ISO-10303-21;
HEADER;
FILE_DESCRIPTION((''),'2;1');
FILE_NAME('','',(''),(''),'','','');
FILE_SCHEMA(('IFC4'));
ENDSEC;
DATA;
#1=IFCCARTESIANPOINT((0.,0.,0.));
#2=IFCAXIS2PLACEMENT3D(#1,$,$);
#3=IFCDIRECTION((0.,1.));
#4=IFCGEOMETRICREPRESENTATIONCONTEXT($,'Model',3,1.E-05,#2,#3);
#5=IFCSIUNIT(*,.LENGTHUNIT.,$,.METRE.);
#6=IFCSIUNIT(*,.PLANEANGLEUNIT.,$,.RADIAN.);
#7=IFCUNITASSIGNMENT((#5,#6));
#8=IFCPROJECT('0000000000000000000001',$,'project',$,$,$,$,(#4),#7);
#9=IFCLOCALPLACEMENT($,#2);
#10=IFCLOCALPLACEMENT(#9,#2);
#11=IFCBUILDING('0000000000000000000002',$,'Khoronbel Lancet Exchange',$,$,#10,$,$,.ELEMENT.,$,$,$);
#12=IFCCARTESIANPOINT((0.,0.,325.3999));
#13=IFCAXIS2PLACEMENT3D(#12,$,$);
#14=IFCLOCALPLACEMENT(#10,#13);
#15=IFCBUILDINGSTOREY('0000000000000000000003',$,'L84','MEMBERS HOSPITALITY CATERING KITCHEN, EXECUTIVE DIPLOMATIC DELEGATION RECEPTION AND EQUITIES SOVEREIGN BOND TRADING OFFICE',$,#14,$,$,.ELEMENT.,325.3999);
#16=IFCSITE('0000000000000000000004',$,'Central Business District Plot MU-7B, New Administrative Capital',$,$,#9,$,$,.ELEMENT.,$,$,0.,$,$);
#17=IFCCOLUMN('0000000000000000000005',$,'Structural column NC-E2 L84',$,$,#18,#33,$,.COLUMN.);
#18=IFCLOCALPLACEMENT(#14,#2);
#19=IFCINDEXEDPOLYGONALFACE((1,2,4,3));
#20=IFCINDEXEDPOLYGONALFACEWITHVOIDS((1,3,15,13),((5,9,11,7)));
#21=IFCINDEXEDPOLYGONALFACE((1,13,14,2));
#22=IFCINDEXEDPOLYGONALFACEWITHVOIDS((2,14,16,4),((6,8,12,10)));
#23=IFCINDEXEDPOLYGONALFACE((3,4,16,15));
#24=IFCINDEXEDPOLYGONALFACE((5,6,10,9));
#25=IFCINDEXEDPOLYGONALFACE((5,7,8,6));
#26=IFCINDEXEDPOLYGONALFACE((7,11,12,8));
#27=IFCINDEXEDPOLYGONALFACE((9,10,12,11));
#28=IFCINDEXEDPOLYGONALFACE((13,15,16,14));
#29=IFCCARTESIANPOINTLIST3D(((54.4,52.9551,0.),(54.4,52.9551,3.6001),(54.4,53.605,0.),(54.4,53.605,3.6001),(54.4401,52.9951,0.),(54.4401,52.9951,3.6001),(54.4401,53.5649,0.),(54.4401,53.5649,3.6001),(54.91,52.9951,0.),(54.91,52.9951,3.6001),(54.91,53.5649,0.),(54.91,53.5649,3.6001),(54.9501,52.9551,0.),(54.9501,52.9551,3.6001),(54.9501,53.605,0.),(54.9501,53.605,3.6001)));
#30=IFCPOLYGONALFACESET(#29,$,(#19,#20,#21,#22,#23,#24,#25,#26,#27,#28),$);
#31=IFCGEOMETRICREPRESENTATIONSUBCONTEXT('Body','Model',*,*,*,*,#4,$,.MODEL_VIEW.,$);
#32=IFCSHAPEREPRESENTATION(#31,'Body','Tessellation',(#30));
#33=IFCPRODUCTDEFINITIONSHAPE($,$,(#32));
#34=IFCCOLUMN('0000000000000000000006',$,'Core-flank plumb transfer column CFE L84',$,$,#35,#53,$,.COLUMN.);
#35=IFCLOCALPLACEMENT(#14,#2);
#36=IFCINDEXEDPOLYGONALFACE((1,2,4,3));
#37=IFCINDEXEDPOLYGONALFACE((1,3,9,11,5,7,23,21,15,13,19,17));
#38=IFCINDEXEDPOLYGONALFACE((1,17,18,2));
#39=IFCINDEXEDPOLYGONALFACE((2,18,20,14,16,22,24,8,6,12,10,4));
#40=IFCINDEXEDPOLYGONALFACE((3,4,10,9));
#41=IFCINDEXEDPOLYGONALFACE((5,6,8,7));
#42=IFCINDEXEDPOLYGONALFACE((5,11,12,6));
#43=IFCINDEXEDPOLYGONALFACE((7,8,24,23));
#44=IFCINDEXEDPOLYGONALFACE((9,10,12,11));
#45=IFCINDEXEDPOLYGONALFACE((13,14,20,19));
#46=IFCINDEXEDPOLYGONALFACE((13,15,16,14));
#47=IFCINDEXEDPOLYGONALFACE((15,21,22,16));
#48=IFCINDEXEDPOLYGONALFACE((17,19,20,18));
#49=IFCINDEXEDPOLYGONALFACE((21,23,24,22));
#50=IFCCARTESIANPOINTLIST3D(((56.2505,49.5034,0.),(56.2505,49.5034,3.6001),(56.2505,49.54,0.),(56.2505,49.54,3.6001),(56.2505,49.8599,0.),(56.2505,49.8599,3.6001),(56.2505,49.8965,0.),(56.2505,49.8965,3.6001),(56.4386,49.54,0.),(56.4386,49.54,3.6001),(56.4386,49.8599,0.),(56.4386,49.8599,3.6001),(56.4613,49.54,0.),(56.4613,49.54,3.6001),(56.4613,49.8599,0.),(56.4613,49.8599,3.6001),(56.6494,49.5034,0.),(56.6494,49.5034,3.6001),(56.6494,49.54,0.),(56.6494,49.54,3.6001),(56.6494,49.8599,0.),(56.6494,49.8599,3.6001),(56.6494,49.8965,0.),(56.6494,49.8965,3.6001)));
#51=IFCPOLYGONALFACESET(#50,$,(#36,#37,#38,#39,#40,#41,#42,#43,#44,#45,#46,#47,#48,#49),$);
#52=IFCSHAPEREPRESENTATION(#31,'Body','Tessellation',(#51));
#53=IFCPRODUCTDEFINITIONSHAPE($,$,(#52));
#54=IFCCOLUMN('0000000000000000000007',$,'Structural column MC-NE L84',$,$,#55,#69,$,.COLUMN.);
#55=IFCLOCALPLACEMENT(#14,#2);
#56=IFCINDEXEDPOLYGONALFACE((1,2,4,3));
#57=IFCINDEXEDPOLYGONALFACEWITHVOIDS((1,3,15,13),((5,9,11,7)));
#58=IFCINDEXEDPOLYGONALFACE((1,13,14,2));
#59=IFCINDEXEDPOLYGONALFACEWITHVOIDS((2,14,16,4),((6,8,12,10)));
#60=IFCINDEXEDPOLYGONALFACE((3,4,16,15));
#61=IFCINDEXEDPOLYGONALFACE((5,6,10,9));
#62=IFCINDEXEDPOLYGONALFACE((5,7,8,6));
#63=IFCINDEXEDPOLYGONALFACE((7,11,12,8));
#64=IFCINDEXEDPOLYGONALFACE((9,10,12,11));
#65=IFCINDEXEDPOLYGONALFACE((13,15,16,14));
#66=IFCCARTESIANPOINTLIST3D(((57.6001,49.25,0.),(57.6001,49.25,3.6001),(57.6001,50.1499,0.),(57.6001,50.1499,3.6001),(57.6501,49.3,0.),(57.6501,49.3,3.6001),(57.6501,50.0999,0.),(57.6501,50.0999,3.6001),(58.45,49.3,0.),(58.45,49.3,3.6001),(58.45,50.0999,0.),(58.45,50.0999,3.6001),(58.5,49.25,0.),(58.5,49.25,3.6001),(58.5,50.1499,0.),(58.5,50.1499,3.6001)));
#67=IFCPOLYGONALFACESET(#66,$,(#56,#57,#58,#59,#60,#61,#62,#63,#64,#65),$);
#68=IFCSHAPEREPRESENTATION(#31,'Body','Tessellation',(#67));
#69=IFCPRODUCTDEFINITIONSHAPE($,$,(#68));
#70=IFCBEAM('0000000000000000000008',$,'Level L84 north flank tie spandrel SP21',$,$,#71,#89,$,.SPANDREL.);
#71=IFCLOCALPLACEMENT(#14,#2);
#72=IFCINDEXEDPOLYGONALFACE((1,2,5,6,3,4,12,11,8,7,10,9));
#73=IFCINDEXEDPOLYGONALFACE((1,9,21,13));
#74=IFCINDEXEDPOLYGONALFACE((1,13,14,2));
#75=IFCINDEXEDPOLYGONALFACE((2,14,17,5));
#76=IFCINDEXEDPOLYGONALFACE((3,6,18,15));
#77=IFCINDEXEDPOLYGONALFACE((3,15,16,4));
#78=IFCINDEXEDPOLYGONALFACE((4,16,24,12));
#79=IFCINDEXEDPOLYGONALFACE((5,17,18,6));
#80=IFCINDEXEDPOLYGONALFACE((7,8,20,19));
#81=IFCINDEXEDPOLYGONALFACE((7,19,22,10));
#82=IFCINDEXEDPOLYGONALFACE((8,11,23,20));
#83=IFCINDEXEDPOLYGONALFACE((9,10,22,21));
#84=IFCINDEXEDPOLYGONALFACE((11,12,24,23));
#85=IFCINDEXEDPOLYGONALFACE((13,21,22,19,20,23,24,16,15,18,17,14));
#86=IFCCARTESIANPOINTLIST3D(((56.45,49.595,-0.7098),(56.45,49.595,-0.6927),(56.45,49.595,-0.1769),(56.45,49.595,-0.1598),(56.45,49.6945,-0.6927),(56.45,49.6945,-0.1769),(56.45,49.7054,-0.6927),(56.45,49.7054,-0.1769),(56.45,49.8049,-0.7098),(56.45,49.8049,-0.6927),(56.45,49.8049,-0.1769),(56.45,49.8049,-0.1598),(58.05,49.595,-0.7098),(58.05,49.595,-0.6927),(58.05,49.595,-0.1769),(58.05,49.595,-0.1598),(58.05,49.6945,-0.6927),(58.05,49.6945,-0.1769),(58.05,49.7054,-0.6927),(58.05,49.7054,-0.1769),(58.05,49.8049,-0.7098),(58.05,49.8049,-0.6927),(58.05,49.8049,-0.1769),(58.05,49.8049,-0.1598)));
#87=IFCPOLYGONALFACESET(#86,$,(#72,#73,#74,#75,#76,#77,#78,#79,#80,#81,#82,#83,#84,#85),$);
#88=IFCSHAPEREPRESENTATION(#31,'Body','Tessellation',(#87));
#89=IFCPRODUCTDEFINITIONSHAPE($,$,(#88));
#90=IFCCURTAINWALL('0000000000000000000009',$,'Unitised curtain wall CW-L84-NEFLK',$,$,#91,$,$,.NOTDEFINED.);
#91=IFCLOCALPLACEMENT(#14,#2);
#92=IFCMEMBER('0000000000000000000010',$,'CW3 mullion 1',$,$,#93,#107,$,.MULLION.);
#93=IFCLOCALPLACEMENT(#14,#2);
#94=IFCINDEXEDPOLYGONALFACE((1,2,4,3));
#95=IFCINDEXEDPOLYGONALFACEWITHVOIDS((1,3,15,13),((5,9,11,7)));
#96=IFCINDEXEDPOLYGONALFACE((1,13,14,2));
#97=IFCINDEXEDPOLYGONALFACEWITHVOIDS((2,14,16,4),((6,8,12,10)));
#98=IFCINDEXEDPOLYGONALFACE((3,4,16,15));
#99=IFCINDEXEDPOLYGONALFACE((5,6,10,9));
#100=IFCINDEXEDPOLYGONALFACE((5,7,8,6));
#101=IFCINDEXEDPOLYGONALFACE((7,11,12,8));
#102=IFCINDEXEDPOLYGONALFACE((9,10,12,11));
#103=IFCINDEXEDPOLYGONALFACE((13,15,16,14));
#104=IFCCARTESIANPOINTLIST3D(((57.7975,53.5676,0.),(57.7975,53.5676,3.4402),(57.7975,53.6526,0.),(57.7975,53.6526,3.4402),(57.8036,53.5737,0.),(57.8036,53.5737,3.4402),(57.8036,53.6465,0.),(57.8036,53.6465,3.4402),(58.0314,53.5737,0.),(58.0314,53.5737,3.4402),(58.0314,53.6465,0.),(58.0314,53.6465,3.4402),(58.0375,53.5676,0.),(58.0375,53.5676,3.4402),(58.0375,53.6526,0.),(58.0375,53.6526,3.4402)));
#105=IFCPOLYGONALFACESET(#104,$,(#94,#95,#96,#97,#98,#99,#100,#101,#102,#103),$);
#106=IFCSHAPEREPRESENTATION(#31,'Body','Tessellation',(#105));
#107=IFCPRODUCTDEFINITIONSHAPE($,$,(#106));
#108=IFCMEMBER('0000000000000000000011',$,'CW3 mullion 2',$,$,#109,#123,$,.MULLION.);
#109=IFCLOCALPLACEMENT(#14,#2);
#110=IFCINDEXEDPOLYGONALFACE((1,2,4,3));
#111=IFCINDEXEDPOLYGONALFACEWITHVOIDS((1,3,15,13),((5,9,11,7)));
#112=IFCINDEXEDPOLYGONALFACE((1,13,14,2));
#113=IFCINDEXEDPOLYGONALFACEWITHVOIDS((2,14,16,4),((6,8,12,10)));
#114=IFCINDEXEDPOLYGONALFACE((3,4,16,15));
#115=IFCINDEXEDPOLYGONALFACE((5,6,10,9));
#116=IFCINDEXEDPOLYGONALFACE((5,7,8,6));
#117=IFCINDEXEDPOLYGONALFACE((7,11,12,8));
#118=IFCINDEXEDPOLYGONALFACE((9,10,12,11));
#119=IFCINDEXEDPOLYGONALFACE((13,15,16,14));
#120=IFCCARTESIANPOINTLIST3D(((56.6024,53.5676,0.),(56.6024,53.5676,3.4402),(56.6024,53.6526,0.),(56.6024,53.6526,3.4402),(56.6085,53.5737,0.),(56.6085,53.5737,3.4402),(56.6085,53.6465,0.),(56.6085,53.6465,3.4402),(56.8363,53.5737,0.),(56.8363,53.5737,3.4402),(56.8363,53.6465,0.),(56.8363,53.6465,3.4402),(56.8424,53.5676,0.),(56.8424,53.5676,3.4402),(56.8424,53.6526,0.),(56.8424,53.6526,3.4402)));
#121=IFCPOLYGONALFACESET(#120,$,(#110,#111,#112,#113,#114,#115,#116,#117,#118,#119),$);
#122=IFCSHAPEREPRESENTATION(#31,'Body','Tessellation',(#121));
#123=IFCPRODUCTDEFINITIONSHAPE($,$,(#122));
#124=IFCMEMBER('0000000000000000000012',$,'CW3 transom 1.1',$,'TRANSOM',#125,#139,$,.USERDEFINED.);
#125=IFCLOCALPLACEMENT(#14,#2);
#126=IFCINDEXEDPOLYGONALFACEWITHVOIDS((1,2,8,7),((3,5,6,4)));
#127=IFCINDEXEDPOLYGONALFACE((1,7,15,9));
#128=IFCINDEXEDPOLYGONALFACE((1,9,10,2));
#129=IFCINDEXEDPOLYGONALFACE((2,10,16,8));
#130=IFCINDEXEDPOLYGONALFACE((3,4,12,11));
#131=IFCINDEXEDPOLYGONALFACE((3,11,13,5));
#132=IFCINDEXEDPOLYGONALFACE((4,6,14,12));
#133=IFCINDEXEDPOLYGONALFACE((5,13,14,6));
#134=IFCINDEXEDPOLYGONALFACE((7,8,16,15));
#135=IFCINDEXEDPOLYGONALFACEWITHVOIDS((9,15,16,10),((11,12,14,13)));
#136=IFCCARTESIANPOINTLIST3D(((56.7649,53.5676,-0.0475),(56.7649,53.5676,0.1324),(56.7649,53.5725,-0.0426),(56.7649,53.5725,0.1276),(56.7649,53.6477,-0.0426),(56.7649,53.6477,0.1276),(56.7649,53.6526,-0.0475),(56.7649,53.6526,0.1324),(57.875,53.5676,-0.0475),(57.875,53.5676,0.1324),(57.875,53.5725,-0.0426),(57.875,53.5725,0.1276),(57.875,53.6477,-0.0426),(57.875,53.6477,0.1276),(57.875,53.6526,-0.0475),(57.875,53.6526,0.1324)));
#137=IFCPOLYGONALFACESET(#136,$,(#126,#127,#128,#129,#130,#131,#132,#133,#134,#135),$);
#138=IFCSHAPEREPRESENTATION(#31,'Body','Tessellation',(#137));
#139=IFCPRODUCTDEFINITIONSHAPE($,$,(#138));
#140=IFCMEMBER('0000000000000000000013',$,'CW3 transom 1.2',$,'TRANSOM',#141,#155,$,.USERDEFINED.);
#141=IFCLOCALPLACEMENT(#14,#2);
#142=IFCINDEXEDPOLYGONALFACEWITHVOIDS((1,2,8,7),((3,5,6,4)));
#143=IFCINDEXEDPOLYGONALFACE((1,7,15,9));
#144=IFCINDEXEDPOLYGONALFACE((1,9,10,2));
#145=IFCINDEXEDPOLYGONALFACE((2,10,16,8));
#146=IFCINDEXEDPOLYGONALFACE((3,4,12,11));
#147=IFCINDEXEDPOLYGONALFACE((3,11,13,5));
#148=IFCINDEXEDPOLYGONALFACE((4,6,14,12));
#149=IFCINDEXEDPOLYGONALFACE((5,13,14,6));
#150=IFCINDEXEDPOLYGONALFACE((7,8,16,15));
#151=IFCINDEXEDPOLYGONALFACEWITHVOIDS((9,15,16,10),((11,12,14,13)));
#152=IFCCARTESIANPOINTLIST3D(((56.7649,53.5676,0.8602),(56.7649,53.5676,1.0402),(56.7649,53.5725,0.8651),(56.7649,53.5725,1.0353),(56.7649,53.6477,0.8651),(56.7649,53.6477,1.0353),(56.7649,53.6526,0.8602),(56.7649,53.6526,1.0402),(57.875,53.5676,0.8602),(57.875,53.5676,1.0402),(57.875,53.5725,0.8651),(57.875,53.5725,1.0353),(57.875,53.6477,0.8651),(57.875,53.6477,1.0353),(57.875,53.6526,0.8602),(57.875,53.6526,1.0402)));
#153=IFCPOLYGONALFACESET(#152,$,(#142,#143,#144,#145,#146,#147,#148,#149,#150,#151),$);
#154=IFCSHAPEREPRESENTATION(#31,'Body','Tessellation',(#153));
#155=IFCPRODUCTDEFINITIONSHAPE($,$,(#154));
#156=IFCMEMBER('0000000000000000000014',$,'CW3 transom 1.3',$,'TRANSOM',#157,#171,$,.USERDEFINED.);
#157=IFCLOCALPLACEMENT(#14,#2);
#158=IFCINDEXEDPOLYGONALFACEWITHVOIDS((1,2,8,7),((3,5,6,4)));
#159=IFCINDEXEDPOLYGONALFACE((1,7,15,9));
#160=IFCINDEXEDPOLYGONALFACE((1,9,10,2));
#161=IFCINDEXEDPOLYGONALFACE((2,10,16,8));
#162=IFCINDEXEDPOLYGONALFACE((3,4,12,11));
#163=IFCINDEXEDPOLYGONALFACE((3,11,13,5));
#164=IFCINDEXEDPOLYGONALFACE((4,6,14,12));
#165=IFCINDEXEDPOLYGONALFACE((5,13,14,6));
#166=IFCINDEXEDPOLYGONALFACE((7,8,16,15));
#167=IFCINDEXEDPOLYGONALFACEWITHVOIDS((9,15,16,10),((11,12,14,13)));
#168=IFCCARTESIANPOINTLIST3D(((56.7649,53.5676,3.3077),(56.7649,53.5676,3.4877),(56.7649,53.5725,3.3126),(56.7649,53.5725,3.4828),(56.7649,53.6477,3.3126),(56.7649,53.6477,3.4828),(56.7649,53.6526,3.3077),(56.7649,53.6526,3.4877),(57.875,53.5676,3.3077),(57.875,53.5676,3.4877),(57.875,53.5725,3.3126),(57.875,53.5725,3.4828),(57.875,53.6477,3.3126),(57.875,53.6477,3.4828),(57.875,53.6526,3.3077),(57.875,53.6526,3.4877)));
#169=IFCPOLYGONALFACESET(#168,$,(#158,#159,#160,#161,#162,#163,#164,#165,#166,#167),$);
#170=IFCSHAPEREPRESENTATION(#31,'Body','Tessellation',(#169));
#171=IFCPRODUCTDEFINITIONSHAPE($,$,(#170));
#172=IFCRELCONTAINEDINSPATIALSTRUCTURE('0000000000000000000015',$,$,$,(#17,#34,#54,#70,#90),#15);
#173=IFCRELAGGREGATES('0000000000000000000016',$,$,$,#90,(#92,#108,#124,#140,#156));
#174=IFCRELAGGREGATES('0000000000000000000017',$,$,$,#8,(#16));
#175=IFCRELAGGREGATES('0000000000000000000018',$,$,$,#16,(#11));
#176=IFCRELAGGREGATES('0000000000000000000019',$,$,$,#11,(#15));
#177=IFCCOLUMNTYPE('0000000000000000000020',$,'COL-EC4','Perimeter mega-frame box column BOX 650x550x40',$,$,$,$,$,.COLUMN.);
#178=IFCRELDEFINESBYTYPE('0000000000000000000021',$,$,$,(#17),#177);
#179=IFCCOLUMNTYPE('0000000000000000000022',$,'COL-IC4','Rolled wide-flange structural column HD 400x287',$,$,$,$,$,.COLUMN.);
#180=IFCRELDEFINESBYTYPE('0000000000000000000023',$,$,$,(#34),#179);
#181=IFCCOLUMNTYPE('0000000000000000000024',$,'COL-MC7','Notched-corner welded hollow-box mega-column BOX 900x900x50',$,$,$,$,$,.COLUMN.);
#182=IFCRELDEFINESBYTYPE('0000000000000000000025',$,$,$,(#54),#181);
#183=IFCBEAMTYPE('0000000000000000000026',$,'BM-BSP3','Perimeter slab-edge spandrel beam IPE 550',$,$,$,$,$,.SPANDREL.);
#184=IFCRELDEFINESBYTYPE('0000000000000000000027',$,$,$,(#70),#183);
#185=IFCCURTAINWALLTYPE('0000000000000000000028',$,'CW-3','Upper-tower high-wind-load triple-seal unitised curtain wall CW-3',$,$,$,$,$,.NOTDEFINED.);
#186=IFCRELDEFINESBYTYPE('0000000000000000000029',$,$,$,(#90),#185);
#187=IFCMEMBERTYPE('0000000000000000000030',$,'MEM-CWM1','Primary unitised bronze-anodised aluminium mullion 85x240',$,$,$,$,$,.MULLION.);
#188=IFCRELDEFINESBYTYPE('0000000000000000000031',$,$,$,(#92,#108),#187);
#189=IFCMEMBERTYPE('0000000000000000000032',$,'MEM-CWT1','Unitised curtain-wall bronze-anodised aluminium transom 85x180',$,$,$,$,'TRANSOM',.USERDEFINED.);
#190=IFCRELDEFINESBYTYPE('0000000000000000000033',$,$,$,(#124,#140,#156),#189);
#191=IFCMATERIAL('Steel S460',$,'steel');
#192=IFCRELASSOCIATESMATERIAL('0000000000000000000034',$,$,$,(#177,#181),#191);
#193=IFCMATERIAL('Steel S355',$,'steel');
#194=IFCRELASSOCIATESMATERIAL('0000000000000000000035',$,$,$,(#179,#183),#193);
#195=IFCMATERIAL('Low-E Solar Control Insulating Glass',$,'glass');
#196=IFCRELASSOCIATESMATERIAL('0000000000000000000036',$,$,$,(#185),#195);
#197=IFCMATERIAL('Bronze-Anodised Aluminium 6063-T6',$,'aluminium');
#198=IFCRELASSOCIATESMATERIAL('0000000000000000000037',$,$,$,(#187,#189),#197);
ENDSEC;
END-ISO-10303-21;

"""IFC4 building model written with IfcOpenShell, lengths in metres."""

from ifc_helpers import new_model, si_unit, direction, frame, origin, origin_2d, place, context, subcontext, project, spatial, hollow_rectangle, i_section, extrude, material, material_profile, profile_set, type_object, element, aggregate, save


model = new_model("IFC4")

# Units and contexts
model_context = context("Model", 3, precision=1e-05, world=origin(), true_north=direction((0.0, 1.0)))
body_context = subcontext(model_context, "Body", "Model", "MODEL_VIEW")
ifc_project = project(units=[si_unit("LENGTHUNIT", "METRE"), si_unit("PLANEANGLEUNIT", "RADIAN")], contexts=[model_context])

# Site, building, storey
site_placement = place(None, origin())
site = spatial("IfcSite", under=ifc_project, at=site_placement, Name="Central Business District Plot MU-7B, New Administrative Capital", CompositionType="ELEMENT", RefElevation=0.0)
building_placement = place(site_placement, origin())
building = spatial("IfcBuilding", under=site, at=building_placement, Name="Khoronbel Lancet Exchange", CompositionType="ELEMENT")
storey_placement = place(building_placement, frame((0.0, 0.0, 325.3999)))
storey = spatial("IfcBuildingStorey", under=building, at=storey_placement, Name="L84", Description="MEMBERS HOSPITALITY CATERING KITCHEN, EXECUTIVE DIPLOMATIC DELEGATION RECEPTION AND EQUITIES SOVEREIGN BOND TRADING OFFICE", CompositionType="ELEMENT", Elevation=325.3999)

# Columns
ifc_material_1 = material(Name="Steel S460", Category="steel")
ifc_material_profile_1 = material_profile(ifc_material_1, hollow_rectangle(XDim=0.55, YDim=0.6499, WallThickness=0.04, at=origin_2d()), Name="BOX 650x550x40")
ifc_profile_set_1 = profile_set([ifc_material_profile_1], Name="Steel S460")
column_type_1 = type_object("IfcColumnType", Name="COL-EC4", Description="Perimeter mega-frame box column BOX 650x550x40", PredefinedType="COLUMN", material=ifc_profile_set_1)
column_1_placement = place(storey_placement, frame((54.675, 53.28, 0.0), z_axis=(0.0, 0.0, 1.0), x_axis=(1.0, 0.0, 0.0)))
element("IfcColumn", 1, at=column_1_placement, inside=storey, type_object=column_type_1, Name="Structural column NC-E2 L84", PredefinedType="COLUMN", context=body_context, shape_type="SweptSolid", body=[
    extrude(hollow_rectangle(XDim=0.55, YDim=0.6499, WallThickness=0.04, at=origin_2d()), origin(), (0.0, 0.0, 1.0), 3.6001),
])
ifc_material_2 = material(Name="Steel S355", Category="steel")
ifc_material_profile_2 = material_profile(ifc_material_2, i_section(OverallWidth=0.3989, OverallDepth=0.3931, WebThickness=0.0227, FlangeThickness=0.0366, at=origin_2d()), Name="HD 400x287")
ifc_profile_set_2 = profile_set([ifc_material_profile_2], Name="Steel S355")
column_type_2 = type_object("IfcColumnType", Name="COL-IC4", Description="Rolled wide-flange structural column HD 400x287", PredefinedType="COLUMN", material=ifc_profile_set_2)
column_2_placement = place(storey_placement, frame((56.45, 49.7, 0.0), z_axis=(0.0, 0.0, 1.0), x_axis=(1.0, 0.0, 0.0)))
element("IfcColumn", 2, at=column_2_placement, inside=storey, type_object=column_type_2, Name="Core-flank plumb transfer column CFE L84", PredefinedType="COLUMN", context=body_context, shape_type="SweptSolid", body=[
    extrude(i_section(OverallWidth=0.3989, OverallDepth=0.3931, WebThickness=0.0227, FlangeThickness=0.0366, at=origin_2d()), origin(), (0.0, 0.0, 1.0), 3.6001),
])
ifc_material_profile_3 = material_profile(ifc_material_1, hollow_rectangle(XDim=0.8999, YDim=0.8999, WallThickness=0.05, at=origin_2d()), Name="BOX 900x900x50")
ifc_profile_set_3 = profile_set([ifc_material_profile_3], Name="Steel S460")
column_type_3 = type_object("IfcColumnType", Name="COL-MC7", Description="Notched-corner welded hollow-box mega-column BOX 900x900x50", PredefinedType="COLUMN", material=ifc_profile_set_3)
column_3_placement = place(storey_placement, frame((58.05, 49.7, 0.0), z_axis=(0.0, 0.0, 1.0), x_axis=(1.0, 0.0, 0.0)))
element("IfcColumn", 3, at=column_3_placement, inside=storey, type_object=column_type_3, Name="Structural column MC-NE L84", PredefinedType="COLUMN", context=body_context, shape_type="SweptSolid", body=[
    extrude(hollow_rectangle(XDim=0.8999, YDim=0.8999, WallThickness=0.05, at=origin_2d()), origin(), (0.0, 0.0, 1.0), 3.6001),
])

# Beam
ifc_material_profile_4 = material_profile(ifc_material_2, i_section(OverallWidth=0.21, OverallDepth=0.55, WebThickness=0.011, FlangeThickness=0.0171, at=origin_2d()), Name="IPE 550")
ifc_profile_set_4 = profile_set([ifc_material_profile_4], Name="Steel S355")
beam_type = type_object("IfcBeamType", Name="BM-BSP3", Description="Perimeter slab-edge spandrel beam IPE 550", PredefinedType="SPANDREL", material=ifc_profile_set_4)
beam_placement = place(storey_placement, frame((58.05, 49.7, -0.4348), z_axis=(-1.0, 0.0, 0.0), x_axis=(0.0, -1.0, 0.0)))
element("IfcBeam", 4, at=beam_placement, inside=storey, type_object=beam_type, Name="Level L84 north flank tie spandrel SP21", PredefinedType="SPANDREL", context=body_context, shape_type="SweptSolid", body=[
    extrude(i_section(OverallWidth=0.21, OverallDepth=0.55, WebThickness=0.011, FlangeThickness=0.0171, at=origin_2d()), origin(), (0.0, 0.0, 1.0), 1.6001),
])

# Curtain wall, members
ifc_material_3 = material(Name="Low-E Solar Control Insulating Glass", Category="glass")
curtain_wall_type = type_object("IfcCurtainWallType", Name="CW-3", Description="Upper-tower high-wind-load triple-seal unitised curtain wall CW-3", PredefinedType="NOTDEFINED", material=ifc_material_3)
curtain_wall_placement = place(storey_placement, origin())
curtain_wall = element("IfcCurtainWall", 5, at=curtain_wall_placement, inside=storey, type_object=curtain_wall_type, Name="Unitised curtain wall CW-L84-NEFLK", PredefinedType="NOTDEFINED")
ifc_material_4 = material(Name="Bronze-Anodised Aluminium 6063-T6", Category="aluminium")
ifc_material_profile_5 = material_profile(ifc_material_4, hollow_rectangle(XDim=0.085, YDim=0.24, WallThickness=0.0061, at=origin_2d()), Name="ALU MULLION 85x240")
ifc_profile_set_5 = profile_set([ifc_material_profile_5], Name="Bronze-Anodised Aluminium 6063-T6")
member_type_1 = type_object("IfcMemberType", Name="MEM-CWM1", Description="Primary unitised bronze-anodised aluminium mullion 85x240", PredefinedType="MULLION", material=ifc_profile_set_5)
member_1_placement = place(storey_placement, frame((57.9175, 53.6101, 0.0), z_axis=(0.0, 0.0, 1.0), x_axis=(0.0, -1.0, 0.0)))
member_1 = element("IfcMember", 6, at=member_1_placement, type_object=member_type_1, Name="CW3 mullion 1", PredefinedType="MULLION", context=body_context, shape_type="SweptSolid", body=[
    extrude(hollow_rectangle(XDim=0.085, YDim=0.24, WallThickness=0.0061, at=origin_2d()), origin(), (0.0, 0.0, 1.0), 3.4402),
])
member_2_placement = place(storey_placement, frame((56.7224, 53.6101, 0.0), z_axis=(0.0, 0.0, 1.0), x_axis=(0.0, -1.0, 0.0)))
member_2 = element("IfcMember", 7, at=member_2_placement, type_object=member_type_1, Name="CW3 mullion 2", PredefinedType="MULLION", context=body_context, shape_type="SweptSolid", body=[
    extrude(hollow_rectangle(XDim=0.085, YDim=0.24, WallThickness=0.0061, at=origin_2d()), origin(), (0.0, 0.0, 1.0), 3.4402),
])
ifc_material_profile_6 = material_profile(ifc_material_4, hollow_rectangle(XDim=0.085, YDim=0.1799, WallThickness=0.0049, at=origin_2d()), Name="ALU TRANSOM 85x180")
ifc_profile_set_6 = profile_set([ifc_material_profile_6], Name="Bronze-Anodised Aluminium 6063-T6")
member_type_2 = type_object("IfcMemberType", Name="MEM-CWT1", Description="Unitised curtain-wall bronze-anodised aluminium transom 85x180", ElementType="TRANSOM", PredefinedType="USERDEFINED", material=ifc_profile_set_6)
member_3_placement = place(storey_placement, frame((57.875, 53.6101, 0.0425), z_axis=(-1.0, 0.0, 0.0), x_axis=(0.0, -1.0, 0.0)))
member_3 = element("IfcMember", 8, at=member_3_placement, type_object=member_type_2, Name="CW3 transom 1.1", ObjectType="TRANSOM", PredefinedType="USERDEFINED", context=body_context, shape_type="SweptSolid", body=[
    extrude(hollow_rectangle(XDim=0.085, YDim=0.1799, WallThickness=0.0049, at=origin_2d()), origin(), (0.0, 0.0, 1.0), 1.1101),
])
member_4_placement = place(storey_placement, frame((57.875, 53.6101, 0.9502), z_axis=(-1.0, 0.0, 0.0), x_axis=(0.0, -1.0, 0.0)))
member_4 = element("IfcMember", 9, at=member_4_placement, type_object=member_type_2, Name="CW3 transom 1.2", ObjectType="TRANSOM", PredefinedType="USERDEFINED", context=body_context, shape_type="SweptSolid", body=[
    extrude(hollow_rectangle(XDim=0.085, YDim=0.1799, WallThickness=0.0049, at=origin_2d()), origin(), (0.0, 0.0, 1.0), 1.1101),
])
member_5_placement = place(storey_placement, frame((57.875, 53.6101, 3.3977), z_axis=(-1.0, 0.0, 0.0), x_axis=(0.0, -1.0, 0.0)))
member_5 = element("IfcMember", 10, at=member_5_placement, type_object=member_type_2, Name="CW3 transom 1.3", ObjectType="TRANSOM", PredefinedType="USERDEFINED", context=body_context, shape_type="SweptSolid", body=[
    extrude(hollow_rectangle(XDim=0.085, YDim=0.1799, WallThickness=0.0049, at=origin_2d()), origin(), (0.0, 0.0, 1.0), 1.1101),
])

aggregate(curtain_wall, [member_1, member_2, member_3, member_4, member_5])

save(model, "model.ifc")
